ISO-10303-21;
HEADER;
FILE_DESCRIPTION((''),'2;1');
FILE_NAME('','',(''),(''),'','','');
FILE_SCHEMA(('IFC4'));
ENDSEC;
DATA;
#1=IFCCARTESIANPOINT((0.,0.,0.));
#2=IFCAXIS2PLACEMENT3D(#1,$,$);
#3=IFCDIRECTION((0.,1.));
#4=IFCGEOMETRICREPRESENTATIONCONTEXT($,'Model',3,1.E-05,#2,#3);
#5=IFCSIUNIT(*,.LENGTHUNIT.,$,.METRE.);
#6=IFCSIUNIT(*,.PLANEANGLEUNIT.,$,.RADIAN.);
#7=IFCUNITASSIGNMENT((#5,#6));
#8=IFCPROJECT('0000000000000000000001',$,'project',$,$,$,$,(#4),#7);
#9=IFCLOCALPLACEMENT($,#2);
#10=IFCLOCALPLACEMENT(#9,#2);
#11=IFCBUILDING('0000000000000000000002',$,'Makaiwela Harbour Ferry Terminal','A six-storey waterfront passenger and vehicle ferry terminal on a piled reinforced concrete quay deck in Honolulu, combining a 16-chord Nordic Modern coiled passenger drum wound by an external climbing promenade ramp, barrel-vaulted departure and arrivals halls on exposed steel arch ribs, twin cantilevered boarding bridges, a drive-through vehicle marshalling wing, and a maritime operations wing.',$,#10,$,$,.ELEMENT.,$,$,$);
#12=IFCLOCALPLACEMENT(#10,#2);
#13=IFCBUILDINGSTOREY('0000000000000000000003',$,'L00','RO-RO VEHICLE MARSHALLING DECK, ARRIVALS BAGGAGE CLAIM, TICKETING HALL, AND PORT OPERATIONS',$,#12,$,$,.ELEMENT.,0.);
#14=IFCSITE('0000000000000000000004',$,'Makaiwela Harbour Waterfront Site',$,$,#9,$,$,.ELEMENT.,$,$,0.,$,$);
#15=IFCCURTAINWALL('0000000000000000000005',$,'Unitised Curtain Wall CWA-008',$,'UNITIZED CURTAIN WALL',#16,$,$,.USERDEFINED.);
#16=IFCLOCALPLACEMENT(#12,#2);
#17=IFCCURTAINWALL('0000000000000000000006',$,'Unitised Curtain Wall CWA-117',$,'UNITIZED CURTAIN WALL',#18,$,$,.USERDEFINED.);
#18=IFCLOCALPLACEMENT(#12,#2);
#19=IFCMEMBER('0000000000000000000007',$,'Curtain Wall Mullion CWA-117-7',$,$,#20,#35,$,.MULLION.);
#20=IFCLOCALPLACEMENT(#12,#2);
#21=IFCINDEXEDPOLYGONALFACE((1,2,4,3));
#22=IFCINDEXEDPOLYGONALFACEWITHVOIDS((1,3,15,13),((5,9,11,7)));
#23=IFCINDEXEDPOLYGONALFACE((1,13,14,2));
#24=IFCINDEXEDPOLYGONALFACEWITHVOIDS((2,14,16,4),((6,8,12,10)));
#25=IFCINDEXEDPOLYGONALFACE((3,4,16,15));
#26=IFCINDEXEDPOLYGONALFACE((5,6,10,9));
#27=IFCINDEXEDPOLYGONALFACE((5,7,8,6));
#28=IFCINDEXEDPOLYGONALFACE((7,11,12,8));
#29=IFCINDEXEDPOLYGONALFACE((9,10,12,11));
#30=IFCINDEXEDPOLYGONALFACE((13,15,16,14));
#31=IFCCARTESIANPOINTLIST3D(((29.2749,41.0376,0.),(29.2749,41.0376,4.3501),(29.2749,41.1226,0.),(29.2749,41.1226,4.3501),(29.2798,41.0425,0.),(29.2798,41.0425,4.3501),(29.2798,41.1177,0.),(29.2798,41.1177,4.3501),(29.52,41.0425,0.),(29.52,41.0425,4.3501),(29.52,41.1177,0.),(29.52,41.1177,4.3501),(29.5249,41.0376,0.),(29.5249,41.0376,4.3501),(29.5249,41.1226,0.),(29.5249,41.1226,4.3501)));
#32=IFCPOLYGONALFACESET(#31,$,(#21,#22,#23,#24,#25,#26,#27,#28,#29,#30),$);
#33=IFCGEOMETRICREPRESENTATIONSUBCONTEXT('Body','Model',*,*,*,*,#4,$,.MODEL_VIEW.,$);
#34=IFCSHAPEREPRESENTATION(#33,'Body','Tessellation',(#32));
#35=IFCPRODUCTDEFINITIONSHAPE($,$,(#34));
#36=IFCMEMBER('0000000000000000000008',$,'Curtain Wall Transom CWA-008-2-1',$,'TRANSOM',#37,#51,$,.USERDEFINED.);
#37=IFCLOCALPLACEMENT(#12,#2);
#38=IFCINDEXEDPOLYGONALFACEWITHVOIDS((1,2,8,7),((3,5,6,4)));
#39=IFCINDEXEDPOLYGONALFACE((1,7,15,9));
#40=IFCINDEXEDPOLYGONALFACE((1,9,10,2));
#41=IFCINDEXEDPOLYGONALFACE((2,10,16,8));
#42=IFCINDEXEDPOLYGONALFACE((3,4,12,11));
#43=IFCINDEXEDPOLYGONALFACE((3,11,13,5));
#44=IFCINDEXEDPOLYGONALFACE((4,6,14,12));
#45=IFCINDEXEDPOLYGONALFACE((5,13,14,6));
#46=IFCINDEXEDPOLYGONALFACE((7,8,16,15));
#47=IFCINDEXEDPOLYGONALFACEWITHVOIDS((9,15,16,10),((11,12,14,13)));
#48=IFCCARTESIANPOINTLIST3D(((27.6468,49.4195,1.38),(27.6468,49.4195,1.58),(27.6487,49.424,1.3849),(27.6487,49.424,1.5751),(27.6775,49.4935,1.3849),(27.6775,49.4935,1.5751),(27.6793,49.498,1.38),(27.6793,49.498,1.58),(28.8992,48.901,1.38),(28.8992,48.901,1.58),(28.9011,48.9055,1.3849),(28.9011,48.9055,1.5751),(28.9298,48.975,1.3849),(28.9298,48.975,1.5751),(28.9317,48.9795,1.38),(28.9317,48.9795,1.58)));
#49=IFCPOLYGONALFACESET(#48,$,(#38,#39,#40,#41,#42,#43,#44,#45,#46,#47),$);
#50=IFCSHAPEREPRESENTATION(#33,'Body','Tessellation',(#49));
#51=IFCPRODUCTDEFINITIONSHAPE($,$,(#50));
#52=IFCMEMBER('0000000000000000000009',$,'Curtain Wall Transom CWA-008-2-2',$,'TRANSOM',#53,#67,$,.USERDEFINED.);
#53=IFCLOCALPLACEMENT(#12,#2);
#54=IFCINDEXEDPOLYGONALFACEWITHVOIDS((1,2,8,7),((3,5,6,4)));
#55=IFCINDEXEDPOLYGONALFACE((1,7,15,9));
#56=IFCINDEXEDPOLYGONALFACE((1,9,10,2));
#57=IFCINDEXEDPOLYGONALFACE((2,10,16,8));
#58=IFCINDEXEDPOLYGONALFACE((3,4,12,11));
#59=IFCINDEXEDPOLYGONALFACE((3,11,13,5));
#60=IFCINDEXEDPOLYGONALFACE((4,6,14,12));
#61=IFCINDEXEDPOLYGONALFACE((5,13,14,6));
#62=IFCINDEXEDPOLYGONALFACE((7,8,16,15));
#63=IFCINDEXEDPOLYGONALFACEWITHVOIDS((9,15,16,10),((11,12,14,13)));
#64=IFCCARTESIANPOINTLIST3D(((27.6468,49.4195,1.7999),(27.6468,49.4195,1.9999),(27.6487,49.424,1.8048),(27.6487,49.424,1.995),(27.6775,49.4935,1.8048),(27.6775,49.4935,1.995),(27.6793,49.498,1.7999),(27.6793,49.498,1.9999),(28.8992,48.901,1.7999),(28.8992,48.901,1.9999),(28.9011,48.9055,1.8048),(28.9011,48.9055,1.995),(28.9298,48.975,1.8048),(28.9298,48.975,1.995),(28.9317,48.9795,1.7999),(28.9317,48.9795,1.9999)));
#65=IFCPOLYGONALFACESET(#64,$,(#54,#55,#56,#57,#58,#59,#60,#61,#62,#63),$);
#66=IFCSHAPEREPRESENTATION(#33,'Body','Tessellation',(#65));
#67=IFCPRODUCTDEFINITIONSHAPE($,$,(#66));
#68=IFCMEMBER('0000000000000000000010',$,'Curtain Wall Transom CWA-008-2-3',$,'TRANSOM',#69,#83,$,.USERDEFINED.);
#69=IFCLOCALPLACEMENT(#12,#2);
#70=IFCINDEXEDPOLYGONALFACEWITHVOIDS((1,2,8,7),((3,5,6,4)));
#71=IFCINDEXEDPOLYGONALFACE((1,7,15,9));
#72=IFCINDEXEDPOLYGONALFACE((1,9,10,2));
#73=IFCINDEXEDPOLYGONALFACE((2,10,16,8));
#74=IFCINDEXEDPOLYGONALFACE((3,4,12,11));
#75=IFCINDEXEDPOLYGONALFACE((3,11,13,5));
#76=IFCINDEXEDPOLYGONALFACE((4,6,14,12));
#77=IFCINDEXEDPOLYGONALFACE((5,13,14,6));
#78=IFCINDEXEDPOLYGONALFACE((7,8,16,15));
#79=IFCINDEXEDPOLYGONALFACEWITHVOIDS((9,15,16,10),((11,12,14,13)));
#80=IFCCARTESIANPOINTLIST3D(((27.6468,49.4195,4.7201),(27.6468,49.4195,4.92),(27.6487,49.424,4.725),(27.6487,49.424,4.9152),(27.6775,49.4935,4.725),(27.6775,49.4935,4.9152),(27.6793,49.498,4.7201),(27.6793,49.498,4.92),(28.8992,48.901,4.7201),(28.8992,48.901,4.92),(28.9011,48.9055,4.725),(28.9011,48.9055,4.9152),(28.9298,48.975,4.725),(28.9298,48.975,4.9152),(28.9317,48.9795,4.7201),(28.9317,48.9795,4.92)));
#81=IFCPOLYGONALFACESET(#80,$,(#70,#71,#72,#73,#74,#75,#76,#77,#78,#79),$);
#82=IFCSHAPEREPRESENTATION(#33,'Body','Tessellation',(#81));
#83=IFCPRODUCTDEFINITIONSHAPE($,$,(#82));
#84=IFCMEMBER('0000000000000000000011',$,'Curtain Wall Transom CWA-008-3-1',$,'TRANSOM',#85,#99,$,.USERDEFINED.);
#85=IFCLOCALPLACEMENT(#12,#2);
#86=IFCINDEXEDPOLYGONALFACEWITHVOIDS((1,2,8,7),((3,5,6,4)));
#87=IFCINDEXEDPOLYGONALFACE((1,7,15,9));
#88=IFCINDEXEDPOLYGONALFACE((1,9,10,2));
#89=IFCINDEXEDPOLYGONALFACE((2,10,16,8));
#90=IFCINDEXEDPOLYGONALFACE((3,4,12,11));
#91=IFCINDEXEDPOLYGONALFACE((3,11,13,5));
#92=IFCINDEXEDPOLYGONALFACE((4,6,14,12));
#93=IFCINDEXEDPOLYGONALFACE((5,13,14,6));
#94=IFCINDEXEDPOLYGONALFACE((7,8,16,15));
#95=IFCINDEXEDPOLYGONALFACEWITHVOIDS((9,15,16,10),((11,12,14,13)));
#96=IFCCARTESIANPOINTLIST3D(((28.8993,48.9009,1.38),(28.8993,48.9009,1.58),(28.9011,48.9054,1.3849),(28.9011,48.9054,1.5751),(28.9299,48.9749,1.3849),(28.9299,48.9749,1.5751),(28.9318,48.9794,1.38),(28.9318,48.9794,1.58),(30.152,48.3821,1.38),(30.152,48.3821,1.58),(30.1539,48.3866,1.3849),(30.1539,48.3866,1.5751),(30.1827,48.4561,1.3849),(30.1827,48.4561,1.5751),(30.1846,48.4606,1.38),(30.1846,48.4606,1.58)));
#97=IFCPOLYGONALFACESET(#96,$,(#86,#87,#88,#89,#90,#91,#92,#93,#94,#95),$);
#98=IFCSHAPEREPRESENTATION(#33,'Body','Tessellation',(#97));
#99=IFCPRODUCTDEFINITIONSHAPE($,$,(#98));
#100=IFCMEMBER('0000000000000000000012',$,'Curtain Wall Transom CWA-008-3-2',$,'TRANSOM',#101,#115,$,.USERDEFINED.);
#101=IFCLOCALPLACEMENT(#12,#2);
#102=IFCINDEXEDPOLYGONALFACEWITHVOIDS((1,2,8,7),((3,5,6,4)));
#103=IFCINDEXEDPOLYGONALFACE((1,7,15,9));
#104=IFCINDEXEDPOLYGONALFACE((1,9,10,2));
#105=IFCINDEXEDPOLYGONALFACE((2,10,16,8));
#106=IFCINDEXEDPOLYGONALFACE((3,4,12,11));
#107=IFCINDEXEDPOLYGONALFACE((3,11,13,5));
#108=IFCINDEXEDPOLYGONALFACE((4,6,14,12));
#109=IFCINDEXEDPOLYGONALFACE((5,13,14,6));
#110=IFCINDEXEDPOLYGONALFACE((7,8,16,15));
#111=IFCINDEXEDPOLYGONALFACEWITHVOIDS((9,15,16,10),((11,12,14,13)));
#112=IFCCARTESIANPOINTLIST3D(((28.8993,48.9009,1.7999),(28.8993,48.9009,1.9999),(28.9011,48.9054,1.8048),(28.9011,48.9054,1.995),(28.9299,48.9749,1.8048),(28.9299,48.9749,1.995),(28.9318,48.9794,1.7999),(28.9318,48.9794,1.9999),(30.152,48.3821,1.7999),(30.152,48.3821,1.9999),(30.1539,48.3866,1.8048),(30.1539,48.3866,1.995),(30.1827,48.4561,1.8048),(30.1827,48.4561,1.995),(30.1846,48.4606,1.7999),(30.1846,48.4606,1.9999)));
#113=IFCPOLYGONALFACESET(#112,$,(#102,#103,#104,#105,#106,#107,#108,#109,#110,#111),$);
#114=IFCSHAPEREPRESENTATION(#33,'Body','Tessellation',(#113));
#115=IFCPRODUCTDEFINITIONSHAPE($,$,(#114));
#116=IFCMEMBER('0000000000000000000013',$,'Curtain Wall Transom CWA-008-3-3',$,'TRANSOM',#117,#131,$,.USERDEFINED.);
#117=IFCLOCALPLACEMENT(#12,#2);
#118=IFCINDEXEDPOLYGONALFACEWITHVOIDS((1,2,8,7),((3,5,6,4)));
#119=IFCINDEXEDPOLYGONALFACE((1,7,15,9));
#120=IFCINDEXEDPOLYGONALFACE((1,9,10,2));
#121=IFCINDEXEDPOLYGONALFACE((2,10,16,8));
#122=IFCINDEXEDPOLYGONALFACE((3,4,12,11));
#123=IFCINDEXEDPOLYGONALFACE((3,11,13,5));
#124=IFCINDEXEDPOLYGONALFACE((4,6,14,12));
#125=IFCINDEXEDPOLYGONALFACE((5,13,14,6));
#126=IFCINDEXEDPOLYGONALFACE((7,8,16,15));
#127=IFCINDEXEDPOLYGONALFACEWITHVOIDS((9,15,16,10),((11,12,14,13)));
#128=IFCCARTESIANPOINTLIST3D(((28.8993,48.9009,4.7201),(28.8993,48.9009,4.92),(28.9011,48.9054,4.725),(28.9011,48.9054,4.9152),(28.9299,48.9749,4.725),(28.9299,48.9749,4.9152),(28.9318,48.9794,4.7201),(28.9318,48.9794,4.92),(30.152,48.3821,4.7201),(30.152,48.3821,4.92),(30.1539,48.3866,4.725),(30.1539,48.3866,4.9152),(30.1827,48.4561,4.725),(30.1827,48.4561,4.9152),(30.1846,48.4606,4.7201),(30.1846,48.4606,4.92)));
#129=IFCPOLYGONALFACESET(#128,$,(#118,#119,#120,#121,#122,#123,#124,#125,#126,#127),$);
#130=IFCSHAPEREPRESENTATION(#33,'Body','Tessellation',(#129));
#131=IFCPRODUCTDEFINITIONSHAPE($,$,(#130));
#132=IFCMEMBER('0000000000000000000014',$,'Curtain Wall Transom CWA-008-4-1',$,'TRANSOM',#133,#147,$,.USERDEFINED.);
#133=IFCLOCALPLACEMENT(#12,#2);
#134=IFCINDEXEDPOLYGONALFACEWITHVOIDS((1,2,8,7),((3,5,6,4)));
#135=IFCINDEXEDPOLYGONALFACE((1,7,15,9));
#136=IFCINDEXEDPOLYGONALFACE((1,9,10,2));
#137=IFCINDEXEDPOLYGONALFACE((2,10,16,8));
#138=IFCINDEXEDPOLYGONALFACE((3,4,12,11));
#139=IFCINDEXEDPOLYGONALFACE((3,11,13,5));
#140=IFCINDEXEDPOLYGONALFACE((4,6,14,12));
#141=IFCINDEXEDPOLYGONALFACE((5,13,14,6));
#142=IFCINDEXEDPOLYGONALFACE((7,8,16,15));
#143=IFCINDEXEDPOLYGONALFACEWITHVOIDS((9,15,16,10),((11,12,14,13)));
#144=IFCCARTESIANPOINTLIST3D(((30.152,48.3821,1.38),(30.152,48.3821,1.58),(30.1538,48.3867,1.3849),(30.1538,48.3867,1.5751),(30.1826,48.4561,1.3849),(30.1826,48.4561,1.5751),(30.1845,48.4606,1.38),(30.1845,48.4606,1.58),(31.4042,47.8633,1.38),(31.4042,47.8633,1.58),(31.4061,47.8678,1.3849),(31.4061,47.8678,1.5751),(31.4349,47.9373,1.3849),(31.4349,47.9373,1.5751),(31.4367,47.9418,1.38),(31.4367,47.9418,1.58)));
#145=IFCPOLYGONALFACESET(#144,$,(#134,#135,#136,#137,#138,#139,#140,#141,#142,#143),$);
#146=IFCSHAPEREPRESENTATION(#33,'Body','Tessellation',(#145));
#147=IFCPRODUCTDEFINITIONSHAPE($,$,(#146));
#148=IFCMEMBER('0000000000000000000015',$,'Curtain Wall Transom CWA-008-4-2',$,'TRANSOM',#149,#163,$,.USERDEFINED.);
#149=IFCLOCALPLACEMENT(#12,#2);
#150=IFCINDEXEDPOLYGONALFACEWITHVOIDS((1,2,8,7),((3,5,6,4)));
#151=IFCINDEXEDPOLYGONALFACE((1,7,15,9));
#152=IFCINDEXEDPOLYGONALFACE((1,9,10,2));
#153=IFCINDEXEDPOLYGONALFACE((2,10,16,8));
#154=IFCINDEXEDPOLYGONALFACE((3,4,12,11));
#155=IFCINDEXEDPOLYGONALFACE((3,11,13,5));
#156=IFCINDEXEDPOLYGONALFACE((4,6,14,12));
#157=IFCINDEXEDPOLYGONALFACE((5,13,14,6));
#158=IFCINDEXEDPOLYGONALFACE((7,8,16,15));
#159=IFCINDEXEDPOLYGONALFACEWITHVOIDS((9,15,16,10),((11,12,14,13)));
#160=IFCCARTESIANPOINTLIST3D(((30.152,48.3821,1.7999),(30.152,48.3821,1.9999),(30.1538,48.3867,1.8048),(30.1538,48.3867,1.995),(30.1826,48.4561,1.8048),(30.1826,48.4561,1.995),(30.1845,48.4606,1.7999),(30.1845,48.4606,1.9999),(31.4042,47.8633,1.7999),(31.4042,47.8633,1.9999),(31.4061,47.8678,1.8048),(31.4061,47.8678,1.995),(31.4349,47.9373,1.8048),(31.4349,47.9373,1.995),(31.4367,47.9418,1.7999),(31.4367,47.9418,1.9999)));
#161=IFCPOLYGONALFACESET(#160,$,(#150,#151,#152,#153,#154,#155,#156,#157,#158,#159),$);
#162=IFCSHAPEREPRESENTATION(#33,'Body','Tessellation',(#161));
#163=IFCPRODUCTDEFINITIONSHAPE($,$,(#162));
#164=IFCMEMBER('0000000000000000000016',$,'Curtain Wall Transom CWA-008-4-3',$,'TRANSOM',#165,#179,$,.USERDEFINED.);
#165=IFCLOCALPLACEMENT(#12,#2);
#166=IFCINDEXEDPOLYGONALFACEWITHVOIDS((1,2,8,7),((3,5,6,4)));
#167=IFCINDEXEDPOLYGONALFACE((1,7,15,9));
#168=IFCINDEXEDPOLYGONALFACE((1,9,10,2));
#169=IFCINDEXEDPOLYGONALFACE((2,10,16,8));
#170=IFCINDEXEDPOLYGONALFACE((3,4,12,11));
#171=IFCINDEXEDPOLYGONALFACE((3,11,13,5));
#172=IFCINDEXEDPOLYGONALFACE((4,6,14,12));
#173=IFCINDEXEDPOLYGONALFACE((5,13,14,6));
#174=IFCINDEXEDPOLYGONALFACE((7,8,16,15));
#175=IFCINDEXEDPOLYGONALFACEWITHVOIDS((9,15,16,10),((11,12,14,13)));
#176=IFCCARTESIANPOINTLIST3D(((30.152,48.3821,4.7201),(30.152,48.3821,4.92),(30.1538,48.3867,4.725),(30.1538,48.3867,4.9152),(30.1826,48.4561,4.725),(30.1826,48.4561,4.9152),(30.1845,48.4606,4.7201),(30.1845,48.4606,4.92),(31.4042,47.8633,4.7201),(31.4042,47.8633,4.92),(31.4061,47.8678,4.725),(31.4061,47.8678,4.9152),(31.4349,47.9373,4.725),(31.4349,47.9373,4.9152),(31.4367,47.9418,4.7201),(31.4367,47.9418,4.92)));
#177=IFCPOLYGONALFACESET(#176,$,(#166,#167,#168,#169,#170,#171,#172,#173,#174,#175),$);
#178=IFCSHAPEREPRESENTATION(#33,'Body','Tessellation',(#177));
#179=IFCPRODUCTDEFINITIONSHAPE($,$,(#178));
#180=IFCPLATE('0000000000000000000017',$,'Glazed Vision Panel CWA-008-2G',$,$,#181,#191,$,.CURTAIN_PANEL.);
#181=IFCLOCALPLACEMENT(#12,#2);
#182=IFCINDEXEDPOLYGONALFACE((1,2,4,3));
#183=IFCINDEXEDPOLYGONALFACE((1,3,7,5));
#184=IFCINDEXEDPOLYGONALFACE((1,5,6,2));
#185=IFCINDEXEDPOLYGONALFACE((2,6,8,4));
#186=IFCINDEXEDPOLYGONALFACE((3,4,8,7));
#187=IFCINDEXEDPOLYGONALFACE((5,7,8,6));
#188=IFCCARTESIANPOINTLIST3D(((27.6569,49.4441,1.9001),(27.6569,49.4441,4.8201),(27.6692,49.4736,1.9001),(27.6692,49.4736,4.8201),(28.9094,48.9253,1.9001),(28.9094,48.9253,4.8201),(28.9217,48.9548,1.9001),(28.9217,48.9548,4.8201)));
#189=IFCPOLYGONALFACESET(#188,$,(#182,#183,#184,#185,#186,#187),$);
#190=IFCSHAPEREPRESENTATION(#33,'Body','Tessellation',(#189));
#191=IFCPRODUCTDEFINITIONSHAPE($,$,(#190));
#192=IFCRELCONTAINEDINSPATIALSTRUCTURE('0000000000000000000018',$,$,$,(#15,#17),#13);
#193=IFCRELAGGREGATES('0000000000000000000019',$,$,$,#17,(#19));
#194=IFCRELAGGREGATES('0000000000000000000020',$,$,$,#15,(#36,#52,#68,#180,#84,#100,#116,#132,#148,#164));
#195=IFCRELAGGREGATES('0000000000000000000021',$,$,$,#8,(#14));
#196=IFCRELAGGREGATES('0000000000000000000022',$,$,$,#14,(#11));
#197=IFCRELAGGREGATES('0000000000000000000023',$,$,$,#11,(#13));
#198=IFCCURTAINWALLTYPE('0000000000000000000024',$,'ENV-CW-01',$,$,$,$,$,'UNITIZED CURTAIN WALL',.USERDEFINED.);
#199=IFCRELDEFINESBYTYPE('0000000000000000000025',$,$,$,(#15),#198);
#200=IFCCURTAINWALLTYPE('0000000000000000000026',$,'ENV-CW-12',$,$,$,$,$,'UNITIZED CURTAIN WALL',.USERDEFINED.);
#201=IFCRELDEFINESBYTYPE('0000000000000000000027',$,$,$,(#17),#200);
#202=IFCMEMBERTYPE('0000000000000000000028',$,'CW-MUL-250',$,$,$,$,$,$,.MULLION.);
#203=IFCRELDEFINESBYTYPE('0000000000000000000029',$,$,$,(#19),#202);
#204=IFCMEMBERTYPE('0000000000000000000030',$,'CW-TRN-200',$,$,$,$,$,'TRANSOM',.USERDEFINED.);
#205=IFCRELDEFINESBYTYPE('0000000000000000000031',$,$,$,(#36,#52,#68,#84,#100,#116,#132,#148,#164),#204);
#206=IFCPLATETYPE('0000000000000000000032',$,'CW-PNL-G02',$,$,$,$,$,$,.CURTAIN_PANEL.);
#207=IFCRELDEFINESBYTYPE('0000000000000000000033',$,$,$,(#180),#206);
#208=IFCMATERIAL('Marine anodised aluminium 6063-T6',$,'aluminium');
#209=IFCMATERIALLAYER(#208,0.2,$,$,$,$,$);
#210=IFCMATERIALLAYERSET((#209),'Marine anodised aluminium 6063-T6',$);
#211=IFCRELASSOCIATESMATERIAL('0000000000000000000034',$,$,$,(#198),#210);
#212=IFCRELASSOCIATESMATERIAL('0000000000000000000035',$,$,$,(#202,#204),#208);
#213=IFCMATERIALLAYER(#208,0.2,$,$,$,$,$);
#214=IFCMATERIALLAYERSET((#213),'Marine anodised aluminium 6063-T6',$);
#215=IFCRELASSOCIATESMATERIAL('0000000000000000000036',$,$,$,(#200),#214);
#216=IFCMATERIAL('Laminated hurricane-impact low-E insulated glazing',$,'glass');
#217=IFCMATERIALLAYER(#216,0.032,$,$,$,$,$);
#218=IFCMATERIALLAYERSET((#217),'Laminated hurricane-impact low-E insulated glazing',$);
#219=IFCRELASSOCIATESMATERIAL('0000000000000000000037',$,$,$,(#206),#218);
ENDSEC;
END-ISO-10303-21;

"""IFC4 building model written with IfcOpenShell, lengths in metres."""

from ifc_helpers import new_model, si_unit, direction, frame, origin, origin_2d, place, context, subcontext, project, spatial, rectangle, hollow_rectangle, extrude, material, layer, layer_set, material_profile, profile_set, type_object, element, aggregate, save


model = new_model("IFC4")

# Units and contexts
model_context = context("Model", 3, precision=1e-05, world=origin(), true_north=direction((0.0, 1.0)))
body_context = subcontext(model_context, "Body", "Model", "MODEL_VIEW")
ifc_project = project(units=[si_unit("LENGTHUNIT", "METRE"), si_unit("PLANEANGLEUNIT", "RADIAN")], contexts=[model_context])

# Site, building, storey
site_placement = place(None, origin())
site = spatial("IfcSite", under=ifc_project, at=site_placement, Name="Makaiwela Harbour Waterfront Site", CompositionType="ELEMENT", RefElevation=0.0)
building_placement = place(site_placement, origin())
building = spatial("IfcBuilding", under=site, at=building_placement, Name="Makaiwela Harbour Ferry Terminal", Description="A six-storey waterfront passenger and vehicle ferry terminal on a piled reinforced concrete quay deck in Honolulu, combining a 16-chord Nordic Modern coiled passenger drum wound by an external climbing promenade ramp, barrel-vaulted departure and arrivals halls on exposed steel arch ribs, twin cantilevered boarding bridges, a drive-through vehicle marshalling wing, and a maritime operations wing.", CompositionType="ELEMENT")
storey_placement = place(building_placement, origin())
storey = spatial("IfcBuildingStorey", under=building, at=storey_placement, Name="L00", Description="RO-RO VEHICLE MARSHALLING DECK, ARRIVALS BAGGAGE CLAIM, TICKETING HALL, AND PORT OPERATIONS", CompositionType="ELEMENT", Elevation=0.0)

# Curtain wall
ifc_material_1 = material(Name="Marine anodised aluminium 6063-T6", Category="aluminium")
ifc_layer_1 = layer(ifc_material_1, 0.2)
ifc_layer_set_1 = layer_set([ifc_layer_1], Name="Marine anodised aluminium 6063-T6")
curtain_wall_type_1 = type_object("IfcCurtainWallType", Name="ENV-CW-01", ElementType="UNITIZED CURTAIN WALL", PredefinedType="USERDEFINED", material=ifc_layer_set_1)
curtain_wall_1_placement = place(storey_placement, origin())
curtain_wall_1 = element("IfcCurtainWall", 1, at=curtain_wall_1_placement, inside=storey, type_object=curtain_wall_type_1, Name="Unitised Curtain Wall CWA-008", ObjectType="UNITIZED CURTAIN WALL", PredefinedType="USERDEFINED")
ifc_material_profile_1 = material_profile(ifc_material_1, hollow_rectangle(XDim=0.085, YDim=0.25, WallThickness=0.0049, at=origin_2d()), Name="CWM-250X85")
ifc_profile_set_1 = profile_set([ifc_material_profile_1], Name="Marine anodised aluminium 6063-T6")
member_type_1 = type_object("IfcMemberType", Name="CW-MUL-250", PredefinedType="MULLION", material=ifc_profile_set_1)

# Curtain wall, member
ifc_layer_2 = layer(ifc_material_1, 0.2)
ifc_layer_set_2 = layer_set([ifc_layer_2], Name="Marine anodised aluminium 6063-T6")
curtain_wall_type_2 = type_object("IfcCurtainWallType", Name="ENV-CW-12", ElementType="UNITIZED CURTAIN WALL", PredefinedType="USERDEFINED", material=ifc_layer_set_2)
curtain_wall_2_placement = place(storey_placement, origin())
curtain_wall_2 = element("IfcCurtainWall", 2, at=curtain_wall_2_placement, inside=storey, type_object=curtain_wall_type_2, Name="Unitised Curtain Wall CWA-117", ObjectType="UNITIZED CURTAIN WALL", PredefinedType="USERDEFINED")
member_1_placement = place(storey_placement, frame((29.3999, 41.0801, 0.0), z_axis=(0.0, 0.0, 1.0), x_axis=(0.0, 1.0, 0.0)))
member_1 = element("IfcMember", 3, at=member_1_placement, type_object=member_type_1, Name="Curtain Wall Mullion CWA-117-7", PredefinedType="MULLION", context=body_context, shape_type="SweptSolid", body=[
    extrude(hollow_rectangle(XDim=0.085, YDim=0.25, WallThickness=0.0049, at=origin_2d()), origin(), (0.0, 0.0, 1.0), 4.3501),
])
aggregate(curtain_wall_2, [member_1])

# Members
ifc_material_profile_2 = material_profile(ifc_material_1, hollow_rectangle(XDim=0.085, YDim=0.2, WallThickness=0.0049, at=origin_2d()), Name="CWT-200X85")
ifc_profile_set_2 = profile_set([ifc_material_profile_2], Name="Marine anodised aluminium 6063-T6")
member_type_2 = type_object("IfcMemberType", Name="CW-TRN-200", ElementType="TRANSOM", PredefinedType="USERDEFINED", material=ifc_profile_set_2)
member_2_placement = place(storey_placement, frame((27.6631, 49.4587, 1.48), z_axis=(0.923938, -0.382543, 0.0), x_axis=(0.382543, 0.923938, 0.0)))
member_2 = element("IfcMember", 4, at=member_2_placement, type_object=member_type_2, Name="Curtain Wall Transom CWA-008-2-1", ObjectType="TRANSOM", PredefinedType="USERDEFINED", context=body_context, shape_type="SweptSolid", body=[
    extrude(hollow_rectangle(XDim=0.085, YDim=0.2, WallThickness=0.0049, at=origin_2d()), origin(), (0.0, 0.0, 1.0), 1.3555),
])
member_3_placement = place(storey_placement, frame((27.6631, 49.4587, 1.8999), z_axis=(0.923938, -0.382543, 0.0), x_axis=(0.382543, 0.923938, 0.0)))
member_3 = element("IfcMember", 5, at=member_3_placement, type_object=member_type_2, Name="Curtain Wall Transom CWA-008-2-2", ObjectType="TRANSOM", PredefinedType="USERDEFINED", context=body_context, shape_type="SweptSolid", body=[
    extrude(hollow_rectangle(XDim=0.085, YDim=0.2, WallThickness=0.0049, at=origin_2d()), origin(), (0.0, 0.0, 1.0), 1.3555),
])
member_4_placement = place(storey_placement, frame((27.6631, 49.4587, 4.8201), z_axis=(0.923938, -0.382543, 0.0), x_axis=(0.382543, 0.923938, 0.0)))
member_4 = element("IfcMember", 6, at=member_4_placement, type_object=member_type_2, Name="Curtain Wall Transom CWA-008-2-3", ObjectType="TRANSOM", PredefinedType="USERDEFINED", context=body_context, shape_type="SweptSolid", body=[
    extrude(hollow_rectangle(XDim=0.085, YDim=0.2, WallThickness=0.0049, at=origin_2d()), origin(), (0.0, 0.0, 1.0), 1.3555),
])
member_5_placement = place(storey_placement, frame((28.9155, 48.9402, 1.48), z_axis=(0.923901, -0.382633, 0.0), x_axis=(0.382633, 0.923901, 0.0)))
member_5 = element("IfcMember", 7, at=member_5_placement, type_object=member_type_2, Name="Curtain Wall Transom CWA-008-3-1", ObjectType="TRANSOM", PredefinedType="USERDEFINED", context=body_context, shape_type="SweptSolid", body=[
    extrude(hollow_rectangle(XDim=0.085, YDim=0.2, WallThickness=0.0049, at=origin_2d()), origin(), (0.0, 0.0, 1.0), 1.356),
])
member_6_placement = place(storey_placement, frame((28.9155, 48.9402, 1.8999), z_axis=(0.923901, -0.382633, 0.0), x_axis=(0.382633, 0.923901, 0.0)))
member_6 = element("IfcMember", 8, at=member_6_placement, type_object=member_type_2, Name="Curtain Wall Transom CWA-008-3-2", ObjectType="TRANSOM", PredefinedType="USERDEFINED", context=body_context, shape_type="SweptSolid", body=[
    extrude(hollow_rectangle(XDim=0.085, YDim=0.2, WallThickness=0.0049, at=origin_2d()), origin(), (0.0, 0.0, 1.0), 1.356),
])
member_7_placement = place(storey_placement, frame((28.9155, 48.9402, 4.8201), z_axis=(0.923901, -0.382633, 0.0), x_axis=(0.382633, 0.923901, 0.0)))
member_7 = element("IfcMember", 9, at=member_7_placement, type_object=member_type_2, Name="Curtain Wall Transom CWA-008-3-3", ObjectType="TRANSOM", PredefinedType="USERDEFINED", context=body_context, shape_type="SweptSolid", body=[
    extrude(hollow_rectangle(XDim=0.085, YDim=0.2, WallThickness=0.0049, at=origin_2d()), origin(), (0.0, 0.0, 1.0), 1.356),
])
member_8_placement = place(storey_placement, frame((30.1682, 48.4214, 1.48), z_axis=(0.923848, -0.38276, 0.0), x_axis=(0.38276, 0.923848, 0.0)))
member_8 = element("IfcMember", 10, at=member_8_placement, type_object=member_type_2, Name="Curtain Wall Transom CWA-008-4-1", ObjectType="TRANSOM", PredefinedType="USERDEFINED", context=body_context, shape_type="SweptSolid", body=[
    extrude(hollow_rectangle(XDim=0.085, YDim=0.2, WallThickness=0.0049, at=origin_2d()), origin(), (0.0, 0.0, 1.0), 1.3555),
])
member_9_placement = place(storey_placement, frame((30.1682, 48.4214, 1.8999), z_axis=(0.923848, -0.38276, 0.0), x_axis=(0.38276, 0.923848, 0.0)))
member_9 = element("IfcMember", 11, at=member_9_placement, type_object=member_type_2, Name="Curtain Wall Transom CWA-008-4-2", ObjectType="TRANSOM", PredefinedType="USERDEFINED", context=body_context, shape_type="SweptSolid", body=[
    extrude(hollow_rectangle(XDim=0.085, YDim=0.2, WallThickness=0.0049, at=origin_2d()), origin(), (0.0, 0.0, 1.0), 1.3555),
])
member_10_placement = place(storey_placement, frame((30.1682, 48.4214, 4.8201), z_axis=(0.923848, -0.38276, 0.0), x_axis=(0.38276, 0.923848, 0.0)))
member_10 = element("IfcMember", 12, at=member_10_placement, type_object=member_type_2, Name="Curtain Wall Transom CWA-008-4-3", ObjectType="TRANSOM", PredefinedType="USERDEFINED", context=body_context, shape_type="SweptSolid", body=[
    extrude(hollow_rectangle(XDim=0.085, YDim=0.2, WallThickness=0.0049, at=origin_2d()), origin(), (0.0, 0.0, 1.0), 1.3555),
])

# Plate
ifc_material_2 = material(Name="Laminated hurricane-impact low-E insulated glazing", Category="glass")
ifc_layer_3 = layer(ifc_material_2, 0.032)
ifc_layer_set_3 = layer_set([ifc_layer_3], Name="Laminated hurricane-impact low-E insulated glazing")
plate_type_1 = type_object("IfcPlateType", Name="CW-PNL-G02", PredefinedType="CURTAIN_PANEL", material=ifc_layer_set_3)
plate_1_placement = place(storey_placement, frame((28.2893, 49.1995, 1.9001), z_axis=(0.0, 0.0, 1.0), x_axis=(0.92388, -0.382683, 0.0)))
plate_1 = element("IfcPlate", 13, at=plate_1_placement, type_object=plate_type_1, Name="Glazed Vision Panel CWA-008-2G", PredefinedType="CURTAIN_PANEL", context=body_context, shape_type="SweptSolid", body=[
    extrude(rectangle(XDim=1.3557, YDim=0.032, at=origin_2d()), origin(), (0.0, 0.0, 1.0), 2.9199),
])
aggregate(curtain_wall_1, [member_2, member_3, member_4, plate_1, member_5, member_6, member_7, member_8, member_9, member_10])

save(model, "model.ifc")
